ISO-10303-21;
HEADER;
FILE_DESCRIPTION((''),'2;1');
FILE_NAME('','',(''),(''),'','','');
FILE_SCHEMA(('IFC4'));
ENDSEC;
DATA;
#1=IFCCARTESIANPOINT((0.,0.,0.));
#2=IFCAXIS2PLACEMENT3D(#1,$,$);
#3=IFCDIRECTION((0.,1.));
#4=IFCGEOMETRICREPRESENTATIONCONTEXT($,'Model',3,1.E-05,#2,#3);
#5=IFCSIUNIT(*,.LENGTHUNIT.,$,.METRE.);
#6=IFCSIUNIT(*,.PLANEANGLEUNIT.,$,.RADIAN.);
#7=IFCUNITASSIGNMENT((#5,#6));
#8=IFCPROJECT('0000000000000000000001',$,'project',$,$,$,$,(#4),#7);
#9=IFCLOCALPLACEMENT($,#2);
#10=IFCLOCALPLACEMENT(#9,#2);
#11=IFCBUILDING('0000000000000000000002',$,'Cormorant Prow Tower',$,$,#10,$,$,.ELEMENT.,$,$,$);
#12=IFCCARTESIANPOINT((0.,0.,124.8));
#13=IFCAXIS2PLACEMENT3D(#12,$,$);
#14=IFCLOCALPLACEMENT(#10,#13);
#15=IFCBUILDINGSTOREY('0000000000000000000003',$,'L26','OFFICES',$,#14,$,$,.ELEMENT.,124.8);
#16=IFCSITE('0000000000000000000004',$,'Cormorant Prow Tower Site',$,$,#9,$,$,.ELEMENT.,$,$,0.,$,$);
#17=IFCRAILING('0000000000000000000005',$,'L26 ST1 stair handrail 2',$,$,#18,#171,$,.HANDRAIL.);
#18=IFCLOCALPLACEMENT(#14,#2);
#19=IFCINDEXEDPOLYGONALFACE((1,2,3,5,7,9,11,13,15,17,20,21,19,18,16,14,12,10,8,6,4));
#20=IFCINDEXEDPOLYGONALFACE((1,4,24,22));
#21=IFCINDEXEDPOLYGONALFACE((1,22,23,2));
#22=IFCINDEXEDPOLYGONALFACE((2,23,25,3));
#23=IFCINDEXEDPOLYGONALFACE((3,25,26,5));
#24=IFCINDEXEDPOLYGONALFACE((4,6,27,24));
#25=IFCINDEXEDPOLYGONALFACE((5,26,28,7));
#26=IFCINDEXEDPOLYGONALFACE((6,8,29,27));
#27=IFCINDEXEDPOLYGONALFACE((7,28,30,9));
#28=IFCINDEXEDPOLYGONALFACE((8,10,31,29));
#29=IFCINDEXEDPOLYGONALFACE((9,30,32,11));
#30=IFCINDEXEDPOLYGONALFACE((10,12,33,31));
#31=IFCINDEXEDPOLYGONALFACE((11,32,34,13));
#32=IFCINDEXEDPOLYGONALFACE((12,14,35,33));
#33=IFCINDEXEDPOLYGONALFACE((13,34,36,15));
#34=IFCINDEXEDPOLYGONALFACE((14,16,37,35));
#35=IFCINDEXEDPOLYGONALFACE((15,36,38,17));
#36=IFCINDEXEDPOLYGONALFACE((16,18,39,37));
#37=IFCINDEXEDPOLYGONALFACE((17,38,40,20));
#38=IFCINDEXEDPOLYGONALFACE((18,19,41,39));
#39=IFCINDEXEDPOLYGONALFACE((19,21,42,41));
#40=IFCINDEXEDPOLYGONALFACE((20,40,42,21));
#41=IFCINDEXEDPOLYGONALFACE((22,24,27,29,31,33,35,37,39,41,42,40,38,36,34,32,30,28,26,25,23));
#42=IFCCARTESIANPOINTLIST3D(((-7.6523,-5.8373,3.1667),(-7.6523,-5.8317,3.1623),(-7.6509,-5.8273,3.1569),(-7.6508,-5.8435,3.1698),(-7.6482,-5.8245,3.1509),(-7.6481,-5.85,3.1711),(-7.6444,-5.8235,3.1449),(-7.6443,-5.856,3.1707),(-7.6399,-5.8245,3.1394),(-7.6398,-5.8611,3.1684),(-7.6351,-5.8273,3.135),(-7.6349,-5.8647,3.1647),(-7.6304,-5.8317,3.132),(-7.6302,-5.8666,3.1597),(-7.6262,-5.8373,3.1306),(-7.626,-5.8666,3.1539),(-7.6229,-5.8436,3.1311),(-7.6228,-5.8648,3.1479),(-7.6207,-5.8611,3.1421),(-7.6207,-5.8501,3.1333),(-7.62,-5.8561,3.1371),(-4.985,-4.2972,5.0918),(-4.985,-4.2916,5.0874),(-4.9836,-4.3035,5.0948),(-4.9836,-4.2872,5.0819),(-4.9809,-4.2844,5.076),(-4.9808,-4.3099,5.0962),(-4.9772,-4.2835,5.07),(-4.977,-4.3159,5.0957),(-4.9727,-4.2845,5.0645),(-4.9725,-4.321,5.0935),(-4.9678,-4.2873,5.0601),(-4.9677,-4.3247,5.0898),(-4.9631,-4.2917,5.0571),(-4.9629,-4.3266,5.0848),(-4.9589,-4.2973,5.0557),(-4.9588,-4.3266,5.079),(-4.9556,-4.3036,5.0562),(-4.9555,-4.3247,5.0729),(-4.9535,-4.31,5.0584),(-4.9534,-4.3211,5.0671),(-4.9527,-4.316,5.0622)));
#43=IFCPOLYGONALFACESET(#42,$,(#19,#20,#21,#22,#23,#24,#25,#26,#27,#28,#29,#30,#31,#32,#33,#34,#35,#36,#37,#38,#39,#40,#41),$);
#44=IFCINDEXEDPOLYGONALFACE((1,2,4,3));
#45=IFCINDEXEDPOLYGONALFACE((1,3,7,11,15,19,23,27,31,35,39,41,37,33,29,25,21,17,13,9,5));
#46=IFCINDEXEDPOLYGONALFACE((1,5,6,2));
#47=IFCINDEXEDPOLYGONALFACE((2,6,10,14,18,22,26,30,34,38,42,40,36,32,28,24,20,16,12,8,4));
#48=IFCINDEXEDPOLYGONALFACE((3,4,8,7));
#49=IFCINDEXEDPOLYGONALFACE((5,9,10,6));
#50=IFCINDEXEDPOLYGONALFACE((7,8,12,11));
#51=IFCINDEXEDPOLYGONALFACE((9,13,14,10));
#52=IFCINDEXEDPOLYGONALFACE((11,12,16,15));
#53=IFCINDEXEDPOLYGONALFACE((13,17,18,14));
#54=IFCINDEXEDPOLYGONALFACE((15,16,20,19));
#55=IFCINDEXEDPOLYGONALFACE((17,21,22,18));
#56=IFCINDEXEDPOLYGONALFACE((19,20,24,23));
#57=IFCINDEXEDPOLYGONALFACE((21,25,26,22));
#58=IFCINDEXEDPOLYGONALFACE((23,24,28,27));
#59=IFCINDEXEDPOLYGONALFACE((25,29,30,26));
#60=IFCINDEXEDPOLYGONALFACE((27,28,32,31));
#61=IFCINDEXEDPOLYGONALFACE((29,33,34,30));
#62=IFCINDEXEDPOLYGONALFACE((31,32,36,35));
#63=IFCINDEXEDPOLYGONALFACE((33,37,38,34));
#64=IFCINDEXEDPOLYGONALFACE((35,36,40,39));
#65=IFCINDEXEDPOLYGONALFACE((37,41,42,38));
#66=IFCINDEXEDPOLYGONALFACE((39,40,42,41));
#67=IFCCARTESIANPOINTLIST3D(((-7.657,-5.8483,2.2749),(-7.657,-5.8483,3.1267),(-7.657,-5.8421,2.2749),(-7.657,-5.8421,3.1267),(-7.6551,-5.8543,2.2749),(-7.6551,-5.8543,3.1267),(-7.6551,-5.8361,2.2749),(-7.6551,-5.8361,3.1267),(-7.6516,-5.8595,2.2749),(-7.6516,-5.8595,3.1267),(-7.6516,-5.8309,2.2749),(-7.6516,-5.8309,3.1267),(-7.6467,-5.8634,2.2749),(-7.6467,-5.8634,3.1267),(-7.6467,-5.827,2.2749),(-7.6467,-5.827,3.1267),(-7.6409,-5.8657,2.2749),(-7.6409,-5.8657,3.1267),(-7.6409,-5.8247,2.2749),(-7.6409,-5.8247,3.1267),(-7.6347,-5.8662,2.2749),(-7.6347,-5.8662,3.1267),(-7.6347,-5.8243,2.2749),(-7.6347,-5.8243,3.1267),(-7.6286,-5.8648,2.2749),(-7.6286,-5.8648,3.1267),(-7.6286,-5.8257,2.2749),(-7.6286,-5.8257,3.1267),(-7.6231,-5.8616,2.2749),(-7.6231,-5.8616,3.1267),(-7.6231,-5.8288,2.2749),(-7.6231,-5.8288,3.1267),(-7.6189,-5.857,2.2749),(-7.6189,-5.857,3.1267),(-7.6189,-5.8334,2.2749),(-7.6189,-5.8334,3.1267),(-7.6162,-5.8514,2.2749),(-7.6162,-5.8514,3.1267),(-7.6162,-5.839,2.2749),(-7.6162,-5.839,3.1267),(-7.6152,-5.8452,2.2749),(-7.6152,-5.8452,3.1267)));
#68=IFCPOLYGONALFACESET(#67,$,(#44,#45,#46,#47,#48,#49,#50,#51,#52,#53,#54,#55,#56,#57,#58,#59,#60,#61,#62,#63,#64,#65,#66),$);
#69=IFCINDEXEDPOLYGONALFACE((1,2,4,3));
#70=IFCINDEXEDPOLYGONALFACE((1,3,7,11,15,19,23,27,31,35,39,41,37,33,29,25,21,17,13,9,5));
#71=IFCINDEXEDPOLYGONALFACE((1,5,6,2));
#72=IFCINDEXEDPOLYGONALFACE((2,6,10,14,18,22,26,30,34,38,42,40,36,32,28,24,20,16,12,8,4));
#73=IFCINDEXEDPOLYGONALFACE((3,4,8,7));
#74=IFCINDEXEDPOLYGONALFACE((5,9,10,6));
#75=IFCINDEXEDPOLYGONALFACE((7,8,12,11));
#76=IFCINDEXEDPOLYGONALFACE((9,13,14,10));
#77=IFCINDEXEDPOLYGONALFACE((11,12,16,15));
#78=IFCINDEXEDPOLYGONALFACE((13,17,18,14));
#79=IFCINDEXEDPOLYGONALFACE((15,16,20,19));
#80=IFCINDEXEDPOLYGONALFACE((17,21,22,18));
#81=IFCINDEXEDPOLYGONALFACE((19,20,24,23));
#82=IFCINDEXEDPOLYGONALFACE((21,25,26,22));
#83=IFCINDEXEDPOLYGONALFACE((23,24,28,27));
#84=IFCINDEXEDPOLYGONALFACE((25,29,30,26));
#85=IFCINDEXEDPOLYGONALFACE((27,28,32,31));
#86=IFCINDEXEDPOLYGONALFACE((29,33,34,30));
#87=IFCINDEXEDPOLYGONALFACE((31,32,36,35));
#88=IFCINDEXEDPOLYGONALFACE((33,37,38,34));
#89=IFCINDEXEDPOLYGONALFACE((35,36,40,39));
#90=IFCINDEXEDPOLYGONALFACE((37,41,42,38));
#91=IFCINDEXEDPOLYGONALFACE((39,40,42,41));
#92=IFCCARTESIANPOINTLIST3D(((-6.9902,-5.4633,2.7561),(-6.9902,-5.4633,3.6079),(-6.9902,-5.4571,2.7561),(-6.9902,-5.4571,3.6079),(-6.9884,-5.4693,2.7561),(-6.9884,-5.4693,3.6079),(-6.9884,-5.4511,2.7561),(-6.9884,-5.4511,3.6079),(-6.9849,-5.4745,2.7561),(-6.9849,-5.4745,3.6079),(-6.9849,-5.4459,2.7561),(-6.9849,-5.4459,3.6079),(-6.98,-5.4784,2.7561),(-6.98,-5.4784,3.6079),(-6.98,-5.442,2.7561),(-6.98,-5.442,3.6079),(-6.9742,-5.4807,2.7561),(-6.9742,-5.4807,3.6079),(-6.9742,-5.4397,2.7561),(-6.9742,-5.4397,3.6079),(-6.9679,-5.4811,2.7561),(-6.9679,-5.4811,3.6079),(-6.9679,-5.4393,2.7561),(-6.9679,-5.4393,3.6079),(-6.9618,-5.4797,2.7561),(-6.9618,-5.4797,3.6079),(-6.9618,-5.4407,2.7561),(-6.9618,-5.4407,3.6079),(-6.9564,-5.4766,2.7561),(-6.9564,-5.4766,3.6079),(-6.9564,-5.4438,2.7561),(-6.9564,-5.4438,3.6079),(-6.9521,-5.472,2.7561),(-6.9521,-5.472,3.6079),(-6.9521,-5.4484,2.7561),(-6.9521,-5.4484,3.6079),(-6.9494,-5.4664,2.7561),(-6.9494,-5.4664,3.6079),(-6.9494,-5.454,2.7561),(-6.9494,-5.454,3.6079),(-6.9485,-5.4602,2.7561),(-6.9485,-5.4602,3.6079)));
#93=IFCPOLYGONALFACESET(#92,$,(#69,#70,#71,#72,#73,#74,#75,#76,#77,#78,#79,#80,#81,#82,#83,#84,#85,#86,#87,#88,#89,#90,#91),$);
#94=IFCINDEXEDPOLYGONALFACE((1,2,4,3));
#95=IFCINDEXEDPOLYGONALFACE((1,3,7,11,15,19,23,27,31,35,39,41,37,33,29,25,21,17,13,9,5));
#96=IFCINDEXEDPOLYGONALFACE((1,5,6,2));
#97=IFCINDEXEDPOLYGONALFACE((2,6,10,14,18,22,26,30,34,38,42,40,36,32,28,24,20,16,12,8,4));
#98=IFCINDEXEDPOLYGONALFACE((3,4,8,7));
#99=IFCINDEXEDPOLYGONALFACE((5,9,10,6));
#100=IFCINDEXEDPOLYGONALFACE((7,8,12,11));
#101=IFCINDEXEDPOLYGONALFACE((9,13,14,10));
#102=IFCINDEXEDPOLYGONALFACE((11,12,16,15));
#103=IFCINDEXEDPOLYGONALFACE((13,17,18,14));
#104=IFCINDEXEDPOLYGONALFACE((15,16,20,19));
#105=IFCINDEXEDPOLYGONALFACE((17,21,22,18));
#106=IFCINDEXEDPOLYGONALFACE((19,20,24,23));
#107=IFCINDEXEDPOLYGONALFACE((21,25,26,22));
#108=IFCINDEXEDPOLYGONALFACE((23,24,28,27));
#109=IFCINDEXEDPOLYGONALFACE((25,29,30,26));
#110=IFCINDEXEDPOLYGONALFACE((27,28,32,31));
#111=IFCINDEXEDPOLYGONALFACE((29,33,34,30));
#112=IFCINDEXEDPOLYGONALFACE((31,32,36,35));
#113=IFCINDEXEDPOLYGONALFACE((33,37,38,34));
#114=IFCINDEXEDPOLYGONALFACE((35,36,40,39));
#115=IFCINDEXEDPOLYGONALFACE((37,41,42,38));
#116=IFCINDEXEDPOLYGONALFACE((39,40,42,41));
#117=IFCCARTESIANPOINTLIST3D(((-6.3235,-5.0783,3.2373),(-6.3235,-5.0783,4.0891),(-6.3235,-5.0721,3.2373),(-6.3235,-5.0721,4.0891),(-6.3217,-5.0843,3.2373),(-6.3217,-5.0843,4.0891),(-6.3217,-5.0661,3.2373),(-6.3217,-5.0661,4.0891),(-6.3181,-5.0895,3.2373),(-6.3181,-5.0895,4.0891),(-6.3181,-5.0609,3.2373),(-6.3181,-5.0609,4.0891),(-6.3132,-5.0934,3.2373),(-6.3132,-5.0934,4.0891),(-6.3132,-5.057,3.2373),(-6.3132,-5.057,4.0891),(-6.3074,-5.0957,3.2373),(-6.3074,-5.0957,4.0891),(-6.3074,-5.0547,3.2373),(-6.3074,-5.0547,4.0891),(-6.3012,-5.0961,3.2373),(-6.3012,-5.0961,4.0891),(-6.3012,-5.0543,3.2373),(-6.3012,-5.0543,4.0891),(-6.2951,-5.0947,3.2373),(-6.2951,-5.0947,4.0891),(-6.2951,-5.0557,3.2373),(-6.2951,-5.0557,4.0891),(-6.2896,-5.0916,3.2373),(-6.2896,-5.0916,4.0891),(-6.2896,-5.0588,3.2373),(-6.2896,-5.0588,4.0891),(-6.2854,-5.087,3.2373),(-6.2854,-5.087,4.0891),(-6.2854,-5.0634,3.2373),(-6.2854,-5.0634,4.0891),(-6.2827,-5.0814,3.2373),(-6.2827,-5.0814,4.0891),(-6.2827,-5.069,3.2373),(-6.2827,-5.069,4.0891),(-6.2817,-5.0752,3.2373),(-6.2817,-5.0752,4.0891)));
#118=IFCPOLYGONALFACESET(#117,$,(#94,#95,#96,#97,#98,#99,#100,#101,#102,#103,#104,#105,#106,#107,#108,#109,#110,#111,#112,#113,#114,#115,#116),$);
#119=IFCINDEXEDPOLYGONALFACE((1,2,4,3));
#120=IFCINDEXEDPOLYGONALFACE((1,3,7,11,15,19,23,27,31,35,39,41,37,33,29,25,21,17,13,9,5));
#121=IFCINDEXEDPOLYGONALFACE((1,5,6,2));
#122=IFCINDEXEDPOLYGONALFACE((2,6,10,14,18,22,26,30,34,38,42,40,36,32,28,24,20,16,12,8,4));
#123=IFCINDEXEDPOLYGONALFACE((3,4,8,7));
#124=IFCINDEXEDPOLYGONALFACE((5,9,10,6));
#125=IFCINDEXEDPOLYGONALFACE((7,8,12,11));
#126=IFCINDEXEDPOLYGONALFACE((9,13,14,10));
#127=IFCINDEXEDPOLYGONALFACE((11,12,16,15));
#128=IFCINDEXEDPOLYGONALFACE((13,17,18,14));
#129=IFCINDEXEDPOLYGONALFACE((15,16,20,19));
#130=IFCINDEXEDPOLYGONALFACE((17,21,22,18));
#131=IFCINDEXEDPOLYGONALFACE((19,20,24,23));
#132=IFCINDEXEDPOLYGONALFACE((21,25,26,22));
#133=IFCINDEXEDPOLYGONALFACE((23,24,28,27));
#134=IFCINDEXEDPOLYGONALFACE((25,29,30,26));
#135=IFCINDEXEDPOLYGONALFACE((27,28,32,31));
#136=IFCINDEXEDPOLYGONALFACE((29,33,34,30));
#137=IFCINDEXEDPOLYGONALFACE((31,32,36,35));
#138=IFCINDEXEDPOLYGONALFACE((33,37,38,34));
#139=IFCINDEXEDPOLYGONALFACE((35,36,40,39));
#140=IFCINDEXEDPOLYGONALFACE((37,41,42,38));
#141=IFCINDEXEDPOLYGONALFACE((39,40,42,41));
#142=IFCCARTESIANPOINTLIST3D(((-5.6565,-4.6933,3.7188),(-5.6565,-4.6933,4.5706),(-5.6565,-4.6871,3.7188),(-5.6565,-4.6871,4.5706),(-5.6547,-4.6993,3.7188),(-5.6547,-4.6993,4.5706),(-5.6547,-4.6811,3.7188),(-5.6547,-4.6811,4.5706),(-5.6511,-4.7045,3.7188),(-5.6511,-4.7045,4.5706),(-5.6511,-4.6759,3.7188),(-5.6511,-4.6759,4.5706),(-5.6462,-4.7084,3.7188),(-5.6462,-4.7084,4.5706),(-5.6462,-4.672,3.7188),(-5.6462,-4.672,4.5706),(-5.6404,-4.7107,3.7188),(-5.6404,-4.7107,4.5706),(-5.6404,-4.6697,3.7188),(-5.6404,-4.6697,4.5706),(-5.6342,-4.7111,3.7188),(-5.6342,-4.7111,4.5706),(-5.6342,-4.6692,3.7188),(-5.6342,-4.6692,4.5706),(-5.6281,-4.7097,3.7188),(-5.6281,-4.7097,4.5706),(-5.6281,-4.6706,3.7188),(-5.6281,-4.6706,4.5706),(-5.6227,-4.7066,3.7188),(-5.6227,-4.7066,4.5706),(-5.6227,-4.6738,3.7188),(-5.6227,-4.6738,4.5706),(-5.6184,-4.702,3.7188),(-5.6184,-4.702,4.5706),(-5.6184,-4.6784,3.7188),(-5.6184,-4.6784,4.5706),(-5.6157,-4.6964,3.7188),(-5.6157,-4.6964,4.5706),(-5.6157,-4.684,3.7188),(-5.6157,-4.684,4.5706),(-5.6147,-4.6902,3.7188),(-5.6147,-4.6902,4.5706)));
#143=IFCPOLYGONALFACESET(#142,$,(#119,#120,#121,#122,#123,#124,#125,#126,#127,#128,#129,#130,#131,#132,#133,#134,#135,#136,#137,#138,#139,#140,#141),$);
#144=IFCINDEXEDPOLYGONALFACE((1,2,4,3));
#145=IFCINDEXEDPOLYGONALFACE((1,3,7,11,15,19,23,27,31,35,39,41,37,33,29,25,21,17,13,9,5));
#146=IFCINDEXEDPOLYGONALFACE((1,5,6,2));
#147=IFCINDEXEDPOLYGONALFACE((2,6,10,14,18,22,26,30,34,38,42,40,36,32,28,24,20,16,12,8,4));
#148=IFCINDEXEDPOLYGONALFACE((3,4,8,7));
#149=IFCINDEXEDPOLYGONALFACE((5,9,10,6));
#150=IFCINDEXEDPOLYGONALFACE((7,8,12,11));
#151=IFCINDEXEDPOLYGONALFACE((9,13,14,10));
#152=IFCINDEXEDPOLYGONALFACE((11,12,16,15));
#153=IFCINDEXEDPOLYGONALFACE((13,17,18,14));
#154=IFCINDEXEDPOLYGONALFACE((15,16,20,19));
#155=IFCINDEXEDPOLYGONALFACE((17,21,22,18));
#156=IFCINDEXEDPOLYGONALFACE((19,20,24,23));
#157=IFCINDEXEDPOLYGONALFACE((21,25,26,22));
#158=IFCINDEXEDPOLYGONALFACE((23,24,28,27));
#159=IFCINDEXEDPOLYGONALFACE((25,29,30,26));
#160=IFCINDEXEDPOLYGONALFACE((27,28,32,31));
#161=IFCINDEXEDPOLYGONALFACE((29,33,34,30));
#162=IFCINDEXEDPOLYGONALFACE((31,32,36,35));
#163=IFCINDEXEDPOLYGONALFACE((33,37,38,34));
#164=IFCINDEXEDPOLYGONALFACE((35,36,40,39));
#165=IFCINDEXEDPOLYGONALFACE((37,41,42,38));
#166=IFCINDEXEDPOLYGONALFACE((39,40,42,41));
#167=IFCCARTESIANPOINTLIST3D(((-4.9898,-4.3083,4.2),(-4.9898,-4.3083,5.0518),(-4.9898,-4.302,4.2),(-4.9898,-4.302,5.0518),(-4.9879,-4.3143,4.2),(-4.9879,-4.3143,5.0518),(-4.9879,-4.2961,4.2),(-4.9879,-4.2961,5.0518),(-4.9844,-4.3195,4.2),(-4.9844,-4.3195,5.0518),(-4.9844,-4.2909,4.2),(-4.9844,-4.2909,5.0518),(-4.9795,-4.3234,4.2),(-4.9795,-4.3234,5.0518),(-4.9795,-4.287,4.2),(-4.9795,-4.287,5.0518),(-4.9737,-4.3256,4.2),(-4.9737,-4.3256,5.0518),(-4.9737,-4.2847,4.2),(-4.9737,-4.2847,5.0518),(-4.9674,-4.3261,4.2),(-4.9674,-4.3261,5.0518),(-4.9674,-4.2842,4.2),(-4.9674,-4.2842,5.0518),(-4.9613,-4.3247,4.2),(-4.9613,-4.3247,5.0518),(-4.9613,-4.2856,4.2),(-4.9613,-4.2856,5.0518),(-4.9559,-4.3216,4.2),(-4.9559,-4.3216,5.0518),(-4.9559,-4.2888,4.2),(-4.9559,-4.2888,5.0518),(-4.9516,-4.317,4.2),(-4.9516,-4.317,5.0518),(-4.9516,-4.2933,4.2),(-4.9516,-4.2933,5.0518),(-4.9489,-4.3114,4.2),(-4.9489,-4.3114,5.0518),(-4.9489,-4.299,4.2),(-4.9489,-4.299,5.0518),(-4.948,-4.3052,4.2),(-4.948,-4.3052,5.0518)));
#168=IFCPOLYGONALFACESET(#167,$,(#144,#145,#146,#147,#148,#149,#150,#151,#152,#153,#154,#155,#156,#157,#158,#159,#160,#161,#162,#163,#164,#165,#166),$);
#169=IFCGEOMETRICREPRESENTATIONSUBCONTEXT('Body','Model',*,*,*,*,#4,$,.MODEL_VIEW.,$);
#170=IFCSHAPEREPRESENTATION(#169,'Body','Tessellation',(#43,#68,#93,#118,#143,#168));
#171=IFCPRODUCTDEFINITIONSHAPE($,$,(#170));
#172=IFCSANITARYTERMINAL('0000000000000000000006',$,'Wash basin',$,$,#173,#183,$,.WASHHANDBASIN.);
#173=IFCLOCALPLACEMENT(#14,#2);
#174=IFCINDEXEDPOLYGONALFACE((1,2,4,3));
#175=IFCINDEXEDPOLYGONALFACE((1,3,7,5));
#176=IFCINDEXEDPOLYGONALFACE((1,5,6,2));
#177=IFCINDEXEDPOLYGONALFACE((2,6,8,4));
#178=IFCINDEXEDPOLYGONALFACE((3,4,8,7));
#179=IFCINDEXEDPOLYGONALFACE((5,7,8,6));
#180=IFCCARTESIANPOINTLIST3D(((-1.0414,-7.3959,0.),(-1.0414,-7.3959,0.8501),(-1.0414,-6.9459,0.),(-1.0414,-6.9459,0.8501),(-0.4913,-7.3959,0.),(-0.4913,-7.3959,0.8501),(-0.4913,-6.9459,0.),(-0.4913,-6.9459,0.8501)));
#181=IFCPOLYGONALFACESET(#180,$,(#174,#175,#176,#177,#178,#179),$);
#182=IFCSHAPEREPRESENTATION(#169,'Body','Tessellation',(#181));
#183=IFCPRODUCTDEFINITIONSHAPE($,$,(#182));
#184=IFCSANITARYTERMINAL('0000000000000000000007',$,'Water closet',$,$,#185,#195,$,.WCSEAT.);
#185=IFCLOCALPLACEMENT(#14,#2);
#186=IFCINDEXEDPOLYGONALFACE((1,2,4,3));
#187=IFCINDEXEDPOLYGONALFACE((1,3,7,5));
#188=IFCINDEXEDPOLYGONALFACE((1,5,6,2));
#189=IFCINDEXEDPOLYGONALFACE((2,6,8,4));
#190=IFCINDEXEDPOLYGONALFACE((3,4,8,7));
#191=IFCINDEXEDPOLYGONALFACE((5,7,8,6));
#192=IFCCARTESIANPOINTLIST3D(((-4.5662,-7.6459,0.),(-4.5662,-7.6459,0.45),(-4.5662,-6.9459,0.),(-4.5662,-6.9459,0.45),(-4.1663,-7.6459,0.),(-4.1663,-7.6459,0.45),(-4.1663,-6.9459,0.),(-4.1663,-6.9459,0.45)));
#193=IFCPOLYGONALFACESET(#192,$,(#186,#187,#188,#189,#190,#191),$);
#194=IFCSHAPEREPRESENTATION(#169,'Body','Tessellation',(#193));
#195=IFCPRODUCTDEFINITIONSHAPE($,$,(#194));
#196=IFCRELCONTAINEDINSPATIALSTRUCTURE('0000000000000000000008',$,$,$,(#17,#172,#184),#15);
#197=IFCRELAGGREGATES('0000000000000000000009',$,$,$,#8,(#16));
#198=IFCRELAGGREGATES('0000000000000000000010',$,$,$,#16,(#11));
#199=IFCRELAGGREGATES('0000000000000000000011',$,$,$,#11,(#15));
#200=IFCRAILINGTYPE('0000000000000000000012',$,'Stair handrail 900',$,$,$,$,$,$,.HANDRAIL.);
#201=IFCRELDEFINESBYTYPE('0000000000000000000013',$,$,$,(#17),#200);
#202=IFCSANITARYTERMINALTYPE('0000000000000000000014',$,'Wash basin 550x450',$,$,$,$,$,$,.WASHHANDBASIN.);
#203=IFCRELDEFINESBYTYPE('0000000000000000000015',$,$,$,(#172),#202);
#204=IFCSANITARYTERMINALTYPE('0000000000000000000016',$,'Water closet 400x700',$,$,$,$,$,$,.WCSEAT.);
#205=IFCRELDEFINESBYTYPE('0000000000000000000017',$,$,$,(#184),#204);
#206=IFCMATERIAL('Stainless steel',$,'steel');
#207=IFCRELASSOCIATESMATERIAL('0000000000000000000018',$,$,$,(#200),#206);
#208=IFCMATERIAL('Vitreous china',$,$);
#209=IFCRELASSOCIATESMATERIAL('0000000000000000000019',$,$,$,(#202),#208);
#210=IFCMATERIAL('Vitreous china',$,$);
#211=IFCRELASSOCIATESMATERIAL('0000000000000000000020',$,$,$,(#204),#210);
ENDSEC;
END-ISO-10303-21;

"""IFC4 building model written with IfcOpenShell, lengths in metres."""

from ifc_helpers import new_model, si_unit, direction, frame, origin, origin_2d, place, context, subcontext, project, spatial, rectangle, circle, extrude, material, type_object, element, save


model = new_model("IFC4")

# Units and contexts
model_context = context("Model", 3, precision=1e-05, world=origin(), true_north=direction((0.0, 1.0)))
body_context = subcontext(model_context, "Body", "Model", "MODEL_VIEW")
ifc_project = project(units=[si_unit("LENGTHUNIT", "METRE"), si_unit("PLANEANGLEUNIT", "RADIAN")], contexts=[model_context])

# Site, building, storey
site_placement = place(None, origin())
site = spatial("IfcSite", under=ifc_project, at=site_placement, Name="Cormorant Prow Tower Site", CompositionType="ELEMENT", RefElevation=0.0)
building_placement = place(site_placement, origin())
building = spatial("IfcBuilding", under=site, at=building_placement, Name="Cormorant Prow Tower", CompositionType="ELEMENT")
storey_placement = place(building_placement, frame((0.0, 0.0, 124.8)))
storey = spatial("IfcBuildingStorey", under=building, at=storey_placement, Name="L26", Description="OFFICES", CompositionType="ELEMENT", Elevation=124.8)

# Railing
ifc_material_1 = material(Name="Stainless steel", Category="steel")
railing_type_1 = type_object("IfcRailingType", Name="Stair handrail 900", PredefinedType="HANDRAIL", material=ifc_material_1)
railing_1_placement = place(storey_placement, frame((-7.6362, -5.8452, 2.2749)))
element("IfcRailing", 1, at=railing_1_placement, inside=storey, type_object=railing_type_1, Name="L26 ST1 stair handrail 2", PredefinedType="HANDRAIL", context=body_context, shape_type="SweptSolid", body=[
    extrude(circle(Radius=0.0239, at=origin_2d()), frame((0.0, 0.0, 0.876), z_axis=(0.734364, 0.424015, 0.530019), x_axis=(-0.500027, 0.86601, 0.0)), (0.0, 0.0, 1.0), 3.6321),
    extrude(circle(Radius=0.021, at=origin_2d()), origin(), (0.0, 0.0, 1.0), 0.8518),
    extrude(circle(Radius=0.021, at=origin_2d()), frame((0.6667, 0.385, 0.4812)), (0.0, 0.0, 1.0), 0.8518),
    extrude(circle(Radius=0.021, at=origin_2d()), frame((1.3335, 0.77, 0.9624)), (0.0, 0.0, 1.0), 0.8518),
    extrude(circle(Radius=0.021, at=origin_2d()), frame((2.0005, 1.155, 1.4438)), (0.0, 0.0, 1.0), 0.8518),
    extrude(circle(Radius=0.021, at=origin_2d()), frame((2.6672, 1.54, 1.925)), (0.0, 0.0, 1.0), 0.8518),
])

# Sanitary terminals
ifc_material_2 = material(Name="Vitreous china")
sanitary_terminal_type_1 = type_object("IfcSanitaryTerminalType", Name="Wash basin 550x450", PredefinedType="WASHHANDBASIN", material=ifc_material_2)
sanitary_terminal_1_placement = place(storey_placement, frame((-0.7664, -7.1709, 0.0), z_axis=(0.0, 0.0, 1.0), x_axis=(-1.0, 0.0, 0.0)))
element("IfcSanitaryTerminal", 2, at=sanitary_terminal_1_placement, inside=storey, type_object=sanitary_terminal_type_1, Name="Wash basin", PredefinedType="WASHHANDBASIN", context=body_context, shape_type="SweptSolid", body=[
    extrude(rectangle(XDim=0.55, YDim=0.45, at=origin_2d()), origin(), (0.0, 0.0, 1.0), 0.8501),
])
ifc_material_3 = material(Name="Vitreous china")
sanitary_terminal_type_2 = type_object("IfcSanitaryTerminalType", Name="Water closet 400x700", PredefinedType="WCSEAT", material=ifc_material_3)
sanitary_terminal_2_placement = place(storey_placement, frame((-4.3662, -7.2959, 0.0), z_axis=(0.0, 0.0, 1.0), x_axis=(-1.0, 0.0, 0.0)))
element("IfcSanitaryTerminal", 3, at=sanitary_terminal_2_placement, inside=storey, type_object=sanitary_terminal_type_2, Name="Water closet", PredefinedType="WCSEAT", context=body_context, shape_type="SweptSolid", body=[
    extrude(rectangle(XDim=0.3999, YDim=0.7, at=origin_2d()), origin(), (0.0, 0.0, 1.0), 0.45),
])

save(model, "model.ifc")
